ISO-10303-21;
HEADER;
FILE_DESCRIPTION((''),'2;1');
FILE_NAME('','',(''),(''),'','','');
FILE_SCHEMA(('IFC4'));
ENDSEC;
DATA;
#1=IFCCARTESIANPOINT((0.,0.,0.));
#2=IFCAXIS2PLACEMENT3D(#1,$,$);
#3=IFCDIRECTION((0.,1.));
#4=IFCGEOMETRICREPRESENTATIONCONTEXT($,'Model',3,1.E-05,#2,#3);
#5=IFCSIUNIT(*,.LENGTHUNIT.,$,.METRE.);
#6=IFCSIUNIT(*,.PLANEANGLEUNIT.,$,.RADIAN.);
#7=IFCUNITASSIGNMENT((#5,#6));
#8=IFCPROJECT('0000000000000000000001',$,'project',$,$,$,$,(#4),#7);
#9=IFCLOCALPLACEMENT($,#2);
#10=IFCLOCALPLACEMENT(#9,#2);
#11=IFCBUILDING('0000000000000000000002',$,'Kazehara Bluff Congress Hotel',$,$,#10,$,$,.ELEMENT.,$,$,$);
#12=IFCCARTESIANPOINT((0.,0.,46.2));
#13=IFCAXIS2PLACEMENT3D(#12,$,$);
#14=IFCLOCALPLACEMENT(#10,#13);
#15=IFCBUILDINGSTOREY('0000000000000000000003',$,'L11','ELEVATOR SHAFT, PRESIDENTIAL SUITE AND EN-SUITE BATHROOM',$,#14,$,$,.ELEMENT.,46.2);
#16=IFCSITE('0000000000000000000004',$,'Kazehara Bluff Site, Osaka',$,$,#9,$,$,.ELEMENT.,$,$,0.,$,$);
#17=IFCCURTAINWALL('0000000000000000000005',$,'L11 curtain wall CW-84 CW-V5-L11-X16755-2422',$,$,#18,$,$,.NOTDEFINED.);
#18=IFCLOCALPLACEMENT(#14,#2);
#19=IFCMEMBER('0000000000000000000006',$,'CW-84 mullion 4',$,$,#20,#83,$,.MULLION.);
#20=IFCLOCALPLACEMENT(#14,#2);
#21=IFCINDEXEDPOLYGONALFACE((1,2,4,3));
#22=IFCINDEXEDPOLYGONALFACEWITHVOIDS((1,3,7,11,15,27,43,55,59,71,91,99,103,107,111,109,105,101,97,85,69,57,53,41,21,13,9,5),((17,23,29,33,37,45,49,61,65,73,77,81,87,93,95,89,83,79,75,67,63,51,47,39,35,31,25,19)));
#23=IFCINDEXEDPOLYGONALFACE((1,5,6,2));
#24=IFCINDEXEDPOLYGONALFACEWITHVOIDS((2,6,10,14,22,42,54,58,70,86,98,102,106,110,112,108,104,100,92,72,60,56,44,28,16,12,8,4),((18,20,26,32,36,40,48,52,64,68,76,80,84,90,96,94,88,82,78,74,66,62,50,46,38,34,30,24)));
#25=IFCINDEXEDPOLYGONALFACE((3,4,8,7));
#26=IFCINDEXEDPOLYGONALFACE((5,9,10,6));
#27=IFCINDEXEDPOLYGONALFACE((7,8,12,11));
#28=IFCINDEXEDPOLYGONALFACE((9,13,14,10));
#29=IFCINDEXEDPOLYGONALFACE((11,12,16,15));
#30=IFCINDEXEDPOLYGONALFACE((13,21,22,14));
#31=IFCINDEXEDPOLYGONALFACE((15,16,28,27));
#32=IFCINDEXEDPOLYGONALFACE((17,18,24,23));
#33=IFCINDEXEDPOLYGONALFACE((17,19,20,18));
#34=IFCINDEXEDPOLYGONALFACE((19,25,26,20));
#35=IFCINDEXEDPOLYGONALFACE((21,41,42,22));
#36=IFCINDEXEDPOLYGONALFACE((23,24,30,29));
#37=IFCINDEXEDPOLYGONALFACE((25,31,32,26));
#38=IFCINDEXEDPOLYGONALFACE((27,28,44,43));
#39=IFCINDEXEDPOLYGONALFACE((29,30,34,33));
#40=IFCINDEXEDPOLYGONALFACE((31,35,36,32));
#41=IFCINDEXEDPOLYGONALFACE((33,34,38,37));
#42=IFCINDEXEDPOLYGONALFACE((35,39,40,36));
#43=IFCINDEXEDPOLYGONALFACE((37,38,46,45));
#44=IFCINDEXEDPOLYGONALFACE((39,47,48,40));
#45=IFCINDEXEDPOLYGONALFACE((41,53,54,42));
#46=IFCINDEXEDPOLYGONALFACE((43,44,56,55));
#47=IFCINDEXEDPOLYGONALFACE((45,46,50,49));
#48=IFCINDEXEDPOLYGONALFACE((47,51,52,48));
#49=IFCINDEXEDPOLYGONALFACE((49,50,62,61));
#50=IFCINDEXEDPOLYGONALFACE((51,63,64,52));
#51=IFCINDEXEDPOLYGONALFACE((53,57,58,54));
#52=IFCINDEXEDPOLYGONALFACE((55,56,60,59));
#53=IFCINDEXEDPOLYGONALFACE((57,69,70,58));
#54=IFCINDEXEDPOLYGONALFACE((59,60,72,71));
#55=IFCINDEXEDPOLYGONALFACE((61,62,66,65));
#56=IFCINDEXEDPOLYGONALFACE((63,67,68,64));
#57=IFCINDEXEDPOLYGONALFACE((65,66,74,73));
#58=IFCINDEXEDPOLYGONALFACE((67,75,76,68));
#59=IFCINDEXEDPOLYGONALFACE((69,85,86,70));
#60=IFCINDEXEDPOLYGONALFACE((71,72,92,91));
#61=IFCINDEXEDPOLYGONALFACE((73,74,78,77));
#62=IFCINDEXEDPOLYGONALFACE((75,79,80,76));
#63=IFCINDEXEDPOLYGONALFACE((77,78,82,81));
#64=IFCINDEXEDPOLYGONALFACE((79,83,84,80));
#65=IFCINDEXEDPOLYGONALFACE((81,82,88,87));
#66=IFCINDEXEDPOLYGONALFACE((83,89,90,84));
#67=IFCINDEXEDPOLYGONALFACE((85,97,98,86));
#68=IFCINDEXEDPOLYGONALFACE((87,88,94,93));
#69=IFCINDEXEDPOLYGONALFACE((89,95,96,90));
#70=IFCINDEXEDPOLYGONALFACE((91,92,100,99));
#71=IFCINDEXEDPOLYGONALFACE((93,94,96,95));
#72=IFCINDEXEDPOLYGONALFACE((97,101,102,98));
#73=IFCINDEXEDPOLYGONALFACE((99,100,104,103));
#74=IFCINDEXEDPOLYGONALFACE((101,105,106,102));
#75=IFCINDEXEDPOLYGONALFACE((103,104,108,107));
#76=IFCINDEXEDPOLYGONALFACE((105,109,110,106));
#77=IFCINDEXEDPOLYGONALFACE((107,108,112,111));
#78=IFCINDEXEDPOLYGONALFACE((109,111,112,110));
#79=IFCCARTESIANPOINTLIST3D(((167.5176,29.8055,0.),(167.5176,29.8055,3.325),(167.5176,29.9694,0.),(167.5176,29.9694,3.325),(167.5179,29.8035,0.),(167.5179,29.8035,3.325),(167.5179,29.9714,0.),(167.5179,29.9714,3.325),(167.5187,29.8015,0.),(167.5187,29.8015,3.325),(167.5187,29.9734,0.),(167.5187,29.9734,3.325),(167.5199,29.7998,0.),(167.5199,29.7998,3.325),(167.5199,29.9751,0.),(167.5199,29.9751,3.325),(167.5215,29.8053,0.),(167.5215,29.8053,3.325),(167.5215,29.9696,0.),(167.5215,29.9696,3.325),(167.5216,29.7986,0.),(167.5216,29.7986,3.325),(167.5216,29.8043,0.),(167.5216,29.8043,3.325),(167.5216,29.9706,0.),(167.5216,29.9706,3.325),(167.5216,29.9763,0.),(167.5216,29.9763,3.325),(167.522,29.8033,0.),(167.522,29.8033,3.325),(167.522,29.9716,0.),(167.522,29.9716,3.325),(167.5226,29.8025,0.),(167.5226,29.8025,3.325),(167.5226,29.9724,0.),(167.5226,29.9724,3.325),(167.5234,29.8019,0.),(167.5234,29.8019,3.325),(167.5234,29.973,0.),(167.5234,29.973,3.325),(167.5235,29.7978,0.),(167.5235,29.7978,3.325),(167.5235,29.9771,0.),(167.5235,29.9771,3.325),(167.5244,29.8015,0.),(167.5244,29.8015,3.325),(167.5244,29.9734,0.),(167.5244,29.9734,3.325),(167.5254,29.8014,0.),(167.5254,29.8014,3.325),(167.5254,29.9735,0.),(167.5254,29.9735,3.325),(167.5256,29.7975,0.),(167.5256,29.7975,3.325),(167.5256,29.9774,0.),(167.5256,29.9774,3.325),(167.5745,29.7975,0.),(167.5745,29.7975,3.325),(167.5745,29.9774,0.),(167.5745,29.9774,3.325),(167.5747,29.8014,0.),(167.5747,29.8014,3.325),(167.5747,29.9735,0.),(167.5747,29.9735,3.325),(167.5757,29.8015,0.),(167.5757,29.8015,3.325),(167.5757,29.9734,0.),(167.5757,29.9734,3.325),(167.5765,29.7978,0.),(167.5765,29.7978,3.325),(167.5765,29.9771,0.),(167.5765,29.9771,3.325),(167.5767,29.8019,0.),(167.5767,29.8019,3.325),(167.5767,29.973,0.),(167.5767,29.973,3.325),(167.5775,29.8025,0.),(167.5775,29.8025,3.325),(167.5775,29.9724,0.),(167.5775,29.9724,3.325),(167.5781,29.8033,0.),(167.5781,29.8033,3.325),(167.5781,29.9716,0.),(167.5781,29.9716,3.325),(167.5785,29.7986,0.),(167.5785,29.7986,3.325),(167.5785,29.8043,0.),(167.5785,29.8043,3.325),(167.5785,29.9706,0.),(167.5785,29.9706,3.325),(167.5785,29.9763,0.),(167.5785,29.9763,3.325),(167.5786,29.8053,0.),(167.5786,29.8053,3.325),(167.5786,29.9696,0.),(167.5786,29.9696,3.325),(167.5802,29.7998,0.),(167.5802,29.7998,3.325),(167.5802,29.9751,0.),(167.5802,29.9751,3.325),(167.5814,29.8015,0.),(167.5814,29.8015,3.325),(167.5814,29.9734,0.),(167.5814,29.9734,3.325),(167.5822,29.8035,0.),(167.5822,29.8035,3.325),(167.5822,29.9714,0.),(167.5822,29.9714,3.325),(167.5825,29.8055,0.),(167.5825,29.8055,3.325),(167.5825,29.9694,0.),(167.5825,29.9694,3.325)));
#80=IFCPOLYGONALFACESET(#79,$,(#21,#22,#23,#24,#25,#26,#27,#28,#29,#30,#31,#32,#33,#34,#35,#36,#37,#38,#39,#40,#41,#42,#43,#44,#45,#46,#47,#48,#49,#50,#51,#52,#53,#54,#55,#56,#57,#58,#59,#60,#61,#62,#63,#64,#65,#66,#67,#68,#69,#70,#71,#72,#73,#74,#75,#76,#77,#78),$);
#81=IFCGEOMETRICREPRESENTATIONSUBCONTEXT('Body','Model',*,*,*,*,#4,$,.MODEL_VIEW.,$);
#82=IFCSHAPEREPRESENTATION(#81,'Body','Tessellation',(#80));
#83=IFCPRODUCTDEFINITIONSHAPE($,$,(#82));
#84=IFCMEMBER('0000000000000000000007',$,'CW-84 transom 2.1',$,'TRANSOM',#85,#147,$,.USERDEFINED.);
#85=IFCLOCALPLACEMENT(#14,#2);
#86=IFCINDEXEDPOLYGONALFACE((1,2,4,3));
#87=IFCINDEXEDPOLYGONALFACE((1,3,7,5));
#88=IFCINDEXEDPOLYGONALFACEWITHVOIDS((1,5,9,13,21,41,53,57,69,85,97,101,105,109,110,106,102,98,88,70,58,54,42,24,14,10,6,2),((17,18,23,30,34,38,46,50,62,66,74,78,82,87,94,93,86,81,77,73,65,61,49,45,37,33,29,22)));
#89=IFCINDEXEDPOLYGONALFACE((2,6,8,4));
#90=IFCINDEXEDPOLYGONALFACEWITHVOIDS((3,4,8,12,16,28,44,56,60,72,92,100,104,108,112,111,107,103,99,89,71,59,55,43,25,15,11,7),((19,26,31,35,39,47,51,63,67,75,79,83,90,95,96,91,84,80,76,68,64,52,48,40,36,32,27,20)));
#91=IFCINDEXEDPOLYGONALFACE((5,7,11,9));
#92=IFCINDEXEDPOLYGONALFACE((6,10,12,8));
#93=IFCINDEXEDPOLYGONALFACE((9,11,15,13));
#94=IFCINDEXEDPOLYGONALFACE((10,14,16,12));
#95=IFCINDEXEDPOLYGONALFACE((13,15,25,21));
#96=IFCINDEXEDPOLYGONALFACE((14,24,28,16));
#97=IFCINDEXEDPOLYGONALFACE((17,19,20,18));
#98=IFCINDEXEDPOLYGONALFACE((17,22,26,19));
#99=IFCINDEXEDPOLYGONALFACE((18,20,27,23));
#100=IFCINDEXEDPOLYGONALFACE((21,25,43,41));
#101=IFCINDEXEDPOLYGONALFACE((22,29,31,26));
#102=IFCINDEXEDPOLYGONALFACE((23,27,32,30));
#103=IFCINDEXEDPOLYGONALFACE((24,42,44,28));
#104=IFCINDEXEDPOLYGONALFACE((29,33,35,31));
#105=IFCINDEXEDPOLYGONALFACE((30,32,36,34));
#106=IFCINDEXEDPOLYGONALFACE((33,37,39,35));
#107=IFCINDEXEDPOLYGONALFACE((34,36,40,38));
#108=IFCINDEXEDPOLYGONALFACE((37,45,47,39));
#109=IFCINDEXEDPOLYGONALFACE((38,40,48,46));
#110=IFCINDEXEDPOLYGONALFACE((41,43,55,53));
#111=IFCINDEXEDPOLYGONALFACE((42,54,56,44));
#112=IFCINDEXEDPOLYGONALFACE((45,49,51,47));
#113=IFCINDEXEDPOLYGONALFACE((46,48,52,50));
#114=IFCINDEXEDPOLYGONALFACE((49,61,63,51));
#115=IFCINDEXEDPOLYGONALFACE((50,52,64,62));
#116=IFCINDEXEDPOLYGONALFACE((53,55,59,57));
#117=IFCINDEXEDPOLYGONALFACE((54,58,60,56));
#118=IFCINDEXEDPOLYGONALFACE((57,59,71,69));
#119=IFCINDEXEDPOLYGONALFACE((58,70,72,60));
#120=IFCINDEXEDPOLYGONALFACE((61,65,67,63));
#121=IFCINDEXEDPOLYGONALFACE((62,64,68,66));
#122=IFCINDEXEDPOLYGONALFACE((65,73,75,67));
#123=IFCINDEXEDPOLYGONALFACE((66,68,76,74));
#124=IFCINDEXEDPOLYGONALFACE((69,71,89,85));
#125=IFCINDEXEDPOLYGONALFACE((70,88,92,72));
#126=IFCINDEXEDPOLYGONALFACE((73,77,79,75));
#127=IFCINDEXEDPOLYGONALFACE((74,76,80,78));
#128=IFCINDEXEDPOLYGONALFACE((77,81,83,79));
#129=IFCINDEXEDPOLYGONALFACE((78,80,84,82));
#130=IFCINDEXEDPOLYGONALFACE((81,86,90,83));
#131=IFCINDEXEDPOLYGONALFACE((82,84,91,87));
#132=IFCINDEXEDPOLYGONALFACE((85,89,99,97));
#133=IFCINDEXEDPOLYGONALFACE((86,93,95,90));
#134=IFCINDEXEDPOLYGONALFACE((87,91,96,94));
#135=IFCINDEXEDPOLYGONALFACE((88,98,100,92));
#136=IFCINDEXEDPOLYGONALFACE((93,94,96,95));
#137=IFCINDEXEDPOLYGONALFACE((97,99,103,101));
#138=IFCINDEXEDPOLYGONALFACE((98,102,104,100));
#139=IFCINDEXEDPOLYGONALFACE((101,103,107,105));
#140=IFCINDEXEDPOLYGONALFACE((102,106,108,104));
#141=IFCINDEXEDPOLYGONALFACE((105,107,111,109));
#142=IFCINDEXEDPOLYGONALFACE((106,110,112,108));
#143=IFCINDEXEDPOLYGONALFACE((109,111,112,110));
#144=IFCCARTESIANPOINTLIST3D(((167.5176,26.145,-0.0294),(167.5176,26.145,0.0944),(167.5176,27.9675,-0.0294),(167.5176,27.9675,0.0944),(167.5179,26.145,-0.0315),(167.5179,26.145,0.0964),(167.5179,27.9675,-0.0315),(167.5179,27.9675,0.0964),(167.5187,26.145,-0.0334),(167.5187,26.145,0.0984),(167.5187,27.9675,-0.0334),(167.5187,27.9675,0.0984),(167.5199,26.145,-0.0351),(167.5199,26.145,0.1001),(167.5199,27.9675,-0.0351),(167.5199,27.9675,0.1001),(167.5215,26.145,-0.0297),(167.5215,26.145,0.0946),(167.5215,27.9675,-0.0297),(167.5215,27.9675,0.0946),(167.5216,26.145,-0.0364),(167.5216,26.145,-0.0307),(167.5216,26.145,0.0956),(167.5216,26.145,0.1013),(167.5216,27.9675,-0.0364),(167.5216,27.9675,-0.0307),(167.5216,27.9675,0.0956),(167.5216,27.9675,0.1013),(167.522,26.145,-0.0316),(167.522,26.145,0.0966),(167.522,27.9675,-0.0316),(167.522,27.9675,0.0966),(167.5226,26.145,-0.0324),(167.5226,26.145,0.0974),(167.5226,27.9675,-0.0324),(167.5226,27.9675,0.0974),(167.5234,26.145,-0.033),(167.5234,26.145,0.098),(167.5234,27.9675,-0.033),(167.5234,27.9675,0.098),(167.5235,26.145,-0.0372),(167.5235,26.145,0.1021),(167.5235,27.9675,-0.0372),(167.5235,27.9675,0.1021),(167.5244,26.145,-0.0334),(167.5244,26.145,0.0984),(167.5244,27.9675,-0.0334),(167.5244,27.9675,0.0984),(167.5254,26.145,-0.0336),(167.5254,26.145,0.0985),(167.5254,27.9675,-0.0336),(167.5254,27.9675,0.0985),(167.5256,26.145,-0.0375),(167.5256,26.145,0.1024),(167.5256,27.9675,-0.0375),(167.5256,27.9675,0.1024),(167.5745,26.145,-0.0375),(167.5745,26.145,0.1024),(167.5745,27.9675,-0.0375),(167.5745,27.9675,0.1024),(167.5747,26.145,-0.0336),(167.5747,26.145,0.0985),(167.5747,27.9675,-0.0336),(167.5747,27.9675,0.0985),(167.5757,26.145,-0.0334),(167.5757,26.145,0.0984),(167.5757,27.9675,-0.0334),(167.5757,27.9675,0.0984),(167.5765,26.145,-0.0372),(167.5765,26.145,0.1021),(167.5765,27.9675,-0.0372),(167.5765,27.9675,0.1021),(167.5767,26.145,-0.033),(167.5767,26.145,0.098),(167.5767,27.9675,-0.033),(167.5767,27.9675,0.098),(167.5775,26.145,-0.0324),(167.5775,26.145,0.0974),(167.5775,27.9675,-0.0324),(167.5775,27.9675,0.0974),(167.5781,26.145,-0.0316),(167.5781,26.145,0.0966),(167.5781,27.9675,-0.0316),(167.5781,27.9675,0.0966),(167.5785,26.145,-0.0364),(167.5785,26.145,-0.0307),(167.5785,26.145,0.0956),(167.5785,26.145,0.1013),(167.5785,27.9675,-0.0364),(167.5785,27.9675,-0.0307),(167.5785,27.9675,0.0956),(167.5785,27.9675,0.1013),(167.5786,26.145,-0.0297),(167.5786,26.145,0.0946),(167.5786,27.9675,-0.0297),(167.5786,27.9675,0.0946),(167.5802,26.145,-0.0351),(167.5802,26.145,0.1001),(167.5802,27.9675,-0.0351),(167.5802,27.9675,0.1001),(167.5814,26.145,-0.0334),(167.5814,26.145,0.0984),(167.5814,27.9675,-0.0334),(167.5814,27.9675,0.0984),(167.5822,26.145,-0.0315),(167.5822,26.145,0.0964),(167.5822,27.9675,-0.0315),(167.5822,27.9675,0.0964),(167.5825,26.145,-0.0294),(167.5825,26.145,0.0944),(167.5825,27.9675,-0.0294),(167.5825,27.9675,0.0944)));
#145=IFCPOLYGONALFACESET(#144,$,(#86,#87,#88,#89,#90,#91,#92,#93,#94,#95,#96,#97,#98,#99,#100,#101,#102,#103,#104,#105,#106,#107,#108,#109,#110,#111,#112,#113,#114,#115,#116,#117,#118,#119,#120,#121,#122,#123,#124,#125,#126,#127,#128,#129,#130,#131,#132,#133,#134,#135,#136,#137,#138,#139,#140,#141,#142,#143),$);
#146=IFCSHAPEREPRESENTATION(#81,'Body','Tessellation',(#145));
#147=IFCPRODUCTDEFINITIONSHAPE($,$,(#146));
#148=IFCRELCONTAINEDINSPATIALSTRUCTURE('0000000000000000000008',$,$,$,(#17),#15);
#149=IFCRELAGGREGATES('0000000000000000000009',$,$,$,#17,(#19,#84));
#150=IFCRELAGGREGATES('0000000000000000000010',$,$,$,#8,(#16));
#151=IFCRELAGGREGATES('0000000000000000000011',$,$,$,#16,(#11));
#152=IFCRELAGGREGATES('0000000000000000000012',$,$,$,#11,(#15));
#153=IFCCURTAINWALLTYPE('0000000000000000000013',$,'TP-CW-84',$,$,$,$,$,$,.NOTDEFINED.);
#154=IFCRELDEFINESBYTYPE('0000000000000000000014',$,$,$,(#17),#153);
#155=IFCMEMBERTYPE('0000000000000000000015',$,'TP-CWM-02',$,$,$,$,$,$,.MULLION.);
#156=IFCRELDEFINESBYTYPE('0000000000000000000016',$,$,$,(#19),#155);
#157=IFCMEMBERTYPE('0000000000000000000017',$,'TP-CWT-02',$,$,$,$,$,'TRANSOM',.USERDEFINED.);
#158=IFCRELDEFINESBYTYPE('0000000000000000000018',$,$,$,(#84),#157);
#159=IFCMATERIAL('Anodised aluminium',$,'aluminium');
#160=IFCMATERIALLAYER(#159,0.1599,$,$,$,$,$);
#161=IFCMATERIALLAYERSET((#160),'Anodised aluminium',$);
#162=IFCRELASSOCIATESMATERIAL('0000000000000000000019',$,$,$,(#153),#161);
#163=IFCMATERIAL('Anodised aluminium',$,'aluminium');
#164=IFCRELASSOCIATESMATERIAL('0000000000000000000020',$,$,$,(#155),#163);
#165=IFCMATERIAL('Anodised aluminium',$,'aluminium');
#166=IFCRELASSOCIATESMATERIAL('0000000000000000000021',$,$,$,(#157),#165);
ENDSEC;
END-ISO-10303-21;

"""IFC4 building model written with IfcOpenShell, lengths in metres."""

from ifc_helpers import new_model, si_unit, direction, frame, origin, origin_2d, place, context, subcontext, project, spatial, hollow_rectangle, extrude, material, layer, layer_set, material_profile, profile_set, type_object, element, aggregate, save


model = new_model("IFC4")

# Units and contexts
model_context = context("Model", 3, precision=1e-05, world=origin(), true_north=direction((0.0, 1.0)))
body_context = subcontext(model_context, "Body", "Model", "MODEL_VIEW")
ifc_project = project(units=[si_unit("LENGTHUNIT", "METRE"), si_unit("PLANEANGLEUNIT", "RADIAN")], contexts=[model_context])

# Site, building, storey
site_placement = place(None, origin())
site = spatial("IfcSite", under=ifc_project, at=site_placement, Name="Kazehara Bluff Site, Osaka", CompositionType="ELEMENT", RefElevation=0.0)
building_placement = place(site_placement, origin())
building = spatial("IfcBuilding", under=site, at=building_placement, Name="Kazehara Bluff Congress Hotel", CompositionType="ELEMENT")
storey_placement = place(building_placement, frame((0.0, 0.0, 46.2)))
storey = spatial("IfcBuildingStorey", under=building, at=storey_placement, Name="L11", Description="ELEVATOR SHAFT, PRESIDENTIAL SUITE AND EN-SUITE BATHROOM", CompositionType="ELEMENT", Elevation=46.2)

# Curtain wall, members
ifc_material_1 = material(Name="Anodised aluminium", Category="aluminium")
ifc_layer_1 = layer(ifc_material_1, 0.1599)
ifc_layer_set_1 = layer_set([ifc_layer_1], Name="Anodised aluminium")
curtain_wall_type = type_object("IfcCurtainWallType", Name="TP-CW-84", PredefinedType="NOTDEFINED", material=ifc_layer_set_1)
curtain_wall_placement = place(storey_placement, origin())
curtain_wall = element("IfcCurtainWall", 1, at=curtain_wall_placement, inside=storey, type_object=curtain_wall_type, Name="L11 curtain wall CW-84 CW-V5-L11-X16755-2422", PredefinedType="NOTDEFINED")
ifc_material_2 = material(Name="Anodised aluminium", Category="aluminium")
ifc_material_profile_1 = material_profile(ifc_material_2, hollow_rectangle(XDim=0.0649, YDim=0.1799, WallThickness=0.0039, InnerFilletRadius=0.0039, OuterFilletRadius=0.0081, at=origin_2d()))
ifc_profile_set_1 = profile_set([ifc_material_profile_1], Name="Anodised aluminium")
member_type_1 = type_object("IfcMemberType", Name="TP-CWM-02", PredefinedType="MULLION", material=ifc_profile_set_1)
member_1_placement = place(storey_placement, frame((167.55, 29.8875, 0.0), z_axis=(0.0, 0.0, 1.0), x_axis=(-1.0, 0.0, 0.0)))
member_1 = element("IfcMember", 2, at=member_1_placement, type_object=member_type_1, Name="CW-84 mullion 4", PredefinedType="MULLION", context=body_context, shape_type="SweptSolid", body=[
    extrude(hollow_rectangle(XDim=0.0649, YDim=0.1799, WallThickness=0.0039, InnerFilletRadius=0.0039, OuterFilletRadius=0.0081, at=origin_2d()), origin(), (0.0, 0.0, 1.0), 3.325),
])
ifc_material_3 = material(Name="Anodised aluminium", Category="aluminium")
ifc_material_profile_2 = material_profile(ifc_material_3, hollow_rectangle(XDim=0.0649, YDim=0.1399, WallThickness=0.0039, InnerFilletRadius=0.0039, OuterFilletRadius=0.0081, at=origin_2d()))
ifc_profile_set_2 = profile_set([ifc_material_profile_2], Name="Anodised aluminium")
member_type_2 = type_object("IfcMemberType", Name="TP-CWT-02", ElementType="TRANSOM", PredefinedType="USERDEFINED", material=ifc_profile_set_2)
member_2_placement = place(storey_placement, frame((167.55, 26.145, 0.0325), z_axis=(0.0, 1.0, 0.0), x_axis=(-1.0, 0.0, 0.0)))
member_2 = element("IfcMember", 3, at=member_2_placement, type_object=member_type_2, Name="CW-84 transom 2.1", ObjectType="TRANSOM", PredefinedType="USERDEFINED", context=body_context, shape_type="SweptSolid", body=[
    extrude(hollow_rectangle(XDim=0.0649, YDim=0.1399, WallThickness=0.0039, InnerFilletRadius=0.0039, OuterFilletRadius=0.0081, at=origin_2d()), origin(), (0.0, 0.0, 1.0), 1.8225),
])

aggregate(curtain_wall, [member_1, member_2])

save(model, "model.ifc")
